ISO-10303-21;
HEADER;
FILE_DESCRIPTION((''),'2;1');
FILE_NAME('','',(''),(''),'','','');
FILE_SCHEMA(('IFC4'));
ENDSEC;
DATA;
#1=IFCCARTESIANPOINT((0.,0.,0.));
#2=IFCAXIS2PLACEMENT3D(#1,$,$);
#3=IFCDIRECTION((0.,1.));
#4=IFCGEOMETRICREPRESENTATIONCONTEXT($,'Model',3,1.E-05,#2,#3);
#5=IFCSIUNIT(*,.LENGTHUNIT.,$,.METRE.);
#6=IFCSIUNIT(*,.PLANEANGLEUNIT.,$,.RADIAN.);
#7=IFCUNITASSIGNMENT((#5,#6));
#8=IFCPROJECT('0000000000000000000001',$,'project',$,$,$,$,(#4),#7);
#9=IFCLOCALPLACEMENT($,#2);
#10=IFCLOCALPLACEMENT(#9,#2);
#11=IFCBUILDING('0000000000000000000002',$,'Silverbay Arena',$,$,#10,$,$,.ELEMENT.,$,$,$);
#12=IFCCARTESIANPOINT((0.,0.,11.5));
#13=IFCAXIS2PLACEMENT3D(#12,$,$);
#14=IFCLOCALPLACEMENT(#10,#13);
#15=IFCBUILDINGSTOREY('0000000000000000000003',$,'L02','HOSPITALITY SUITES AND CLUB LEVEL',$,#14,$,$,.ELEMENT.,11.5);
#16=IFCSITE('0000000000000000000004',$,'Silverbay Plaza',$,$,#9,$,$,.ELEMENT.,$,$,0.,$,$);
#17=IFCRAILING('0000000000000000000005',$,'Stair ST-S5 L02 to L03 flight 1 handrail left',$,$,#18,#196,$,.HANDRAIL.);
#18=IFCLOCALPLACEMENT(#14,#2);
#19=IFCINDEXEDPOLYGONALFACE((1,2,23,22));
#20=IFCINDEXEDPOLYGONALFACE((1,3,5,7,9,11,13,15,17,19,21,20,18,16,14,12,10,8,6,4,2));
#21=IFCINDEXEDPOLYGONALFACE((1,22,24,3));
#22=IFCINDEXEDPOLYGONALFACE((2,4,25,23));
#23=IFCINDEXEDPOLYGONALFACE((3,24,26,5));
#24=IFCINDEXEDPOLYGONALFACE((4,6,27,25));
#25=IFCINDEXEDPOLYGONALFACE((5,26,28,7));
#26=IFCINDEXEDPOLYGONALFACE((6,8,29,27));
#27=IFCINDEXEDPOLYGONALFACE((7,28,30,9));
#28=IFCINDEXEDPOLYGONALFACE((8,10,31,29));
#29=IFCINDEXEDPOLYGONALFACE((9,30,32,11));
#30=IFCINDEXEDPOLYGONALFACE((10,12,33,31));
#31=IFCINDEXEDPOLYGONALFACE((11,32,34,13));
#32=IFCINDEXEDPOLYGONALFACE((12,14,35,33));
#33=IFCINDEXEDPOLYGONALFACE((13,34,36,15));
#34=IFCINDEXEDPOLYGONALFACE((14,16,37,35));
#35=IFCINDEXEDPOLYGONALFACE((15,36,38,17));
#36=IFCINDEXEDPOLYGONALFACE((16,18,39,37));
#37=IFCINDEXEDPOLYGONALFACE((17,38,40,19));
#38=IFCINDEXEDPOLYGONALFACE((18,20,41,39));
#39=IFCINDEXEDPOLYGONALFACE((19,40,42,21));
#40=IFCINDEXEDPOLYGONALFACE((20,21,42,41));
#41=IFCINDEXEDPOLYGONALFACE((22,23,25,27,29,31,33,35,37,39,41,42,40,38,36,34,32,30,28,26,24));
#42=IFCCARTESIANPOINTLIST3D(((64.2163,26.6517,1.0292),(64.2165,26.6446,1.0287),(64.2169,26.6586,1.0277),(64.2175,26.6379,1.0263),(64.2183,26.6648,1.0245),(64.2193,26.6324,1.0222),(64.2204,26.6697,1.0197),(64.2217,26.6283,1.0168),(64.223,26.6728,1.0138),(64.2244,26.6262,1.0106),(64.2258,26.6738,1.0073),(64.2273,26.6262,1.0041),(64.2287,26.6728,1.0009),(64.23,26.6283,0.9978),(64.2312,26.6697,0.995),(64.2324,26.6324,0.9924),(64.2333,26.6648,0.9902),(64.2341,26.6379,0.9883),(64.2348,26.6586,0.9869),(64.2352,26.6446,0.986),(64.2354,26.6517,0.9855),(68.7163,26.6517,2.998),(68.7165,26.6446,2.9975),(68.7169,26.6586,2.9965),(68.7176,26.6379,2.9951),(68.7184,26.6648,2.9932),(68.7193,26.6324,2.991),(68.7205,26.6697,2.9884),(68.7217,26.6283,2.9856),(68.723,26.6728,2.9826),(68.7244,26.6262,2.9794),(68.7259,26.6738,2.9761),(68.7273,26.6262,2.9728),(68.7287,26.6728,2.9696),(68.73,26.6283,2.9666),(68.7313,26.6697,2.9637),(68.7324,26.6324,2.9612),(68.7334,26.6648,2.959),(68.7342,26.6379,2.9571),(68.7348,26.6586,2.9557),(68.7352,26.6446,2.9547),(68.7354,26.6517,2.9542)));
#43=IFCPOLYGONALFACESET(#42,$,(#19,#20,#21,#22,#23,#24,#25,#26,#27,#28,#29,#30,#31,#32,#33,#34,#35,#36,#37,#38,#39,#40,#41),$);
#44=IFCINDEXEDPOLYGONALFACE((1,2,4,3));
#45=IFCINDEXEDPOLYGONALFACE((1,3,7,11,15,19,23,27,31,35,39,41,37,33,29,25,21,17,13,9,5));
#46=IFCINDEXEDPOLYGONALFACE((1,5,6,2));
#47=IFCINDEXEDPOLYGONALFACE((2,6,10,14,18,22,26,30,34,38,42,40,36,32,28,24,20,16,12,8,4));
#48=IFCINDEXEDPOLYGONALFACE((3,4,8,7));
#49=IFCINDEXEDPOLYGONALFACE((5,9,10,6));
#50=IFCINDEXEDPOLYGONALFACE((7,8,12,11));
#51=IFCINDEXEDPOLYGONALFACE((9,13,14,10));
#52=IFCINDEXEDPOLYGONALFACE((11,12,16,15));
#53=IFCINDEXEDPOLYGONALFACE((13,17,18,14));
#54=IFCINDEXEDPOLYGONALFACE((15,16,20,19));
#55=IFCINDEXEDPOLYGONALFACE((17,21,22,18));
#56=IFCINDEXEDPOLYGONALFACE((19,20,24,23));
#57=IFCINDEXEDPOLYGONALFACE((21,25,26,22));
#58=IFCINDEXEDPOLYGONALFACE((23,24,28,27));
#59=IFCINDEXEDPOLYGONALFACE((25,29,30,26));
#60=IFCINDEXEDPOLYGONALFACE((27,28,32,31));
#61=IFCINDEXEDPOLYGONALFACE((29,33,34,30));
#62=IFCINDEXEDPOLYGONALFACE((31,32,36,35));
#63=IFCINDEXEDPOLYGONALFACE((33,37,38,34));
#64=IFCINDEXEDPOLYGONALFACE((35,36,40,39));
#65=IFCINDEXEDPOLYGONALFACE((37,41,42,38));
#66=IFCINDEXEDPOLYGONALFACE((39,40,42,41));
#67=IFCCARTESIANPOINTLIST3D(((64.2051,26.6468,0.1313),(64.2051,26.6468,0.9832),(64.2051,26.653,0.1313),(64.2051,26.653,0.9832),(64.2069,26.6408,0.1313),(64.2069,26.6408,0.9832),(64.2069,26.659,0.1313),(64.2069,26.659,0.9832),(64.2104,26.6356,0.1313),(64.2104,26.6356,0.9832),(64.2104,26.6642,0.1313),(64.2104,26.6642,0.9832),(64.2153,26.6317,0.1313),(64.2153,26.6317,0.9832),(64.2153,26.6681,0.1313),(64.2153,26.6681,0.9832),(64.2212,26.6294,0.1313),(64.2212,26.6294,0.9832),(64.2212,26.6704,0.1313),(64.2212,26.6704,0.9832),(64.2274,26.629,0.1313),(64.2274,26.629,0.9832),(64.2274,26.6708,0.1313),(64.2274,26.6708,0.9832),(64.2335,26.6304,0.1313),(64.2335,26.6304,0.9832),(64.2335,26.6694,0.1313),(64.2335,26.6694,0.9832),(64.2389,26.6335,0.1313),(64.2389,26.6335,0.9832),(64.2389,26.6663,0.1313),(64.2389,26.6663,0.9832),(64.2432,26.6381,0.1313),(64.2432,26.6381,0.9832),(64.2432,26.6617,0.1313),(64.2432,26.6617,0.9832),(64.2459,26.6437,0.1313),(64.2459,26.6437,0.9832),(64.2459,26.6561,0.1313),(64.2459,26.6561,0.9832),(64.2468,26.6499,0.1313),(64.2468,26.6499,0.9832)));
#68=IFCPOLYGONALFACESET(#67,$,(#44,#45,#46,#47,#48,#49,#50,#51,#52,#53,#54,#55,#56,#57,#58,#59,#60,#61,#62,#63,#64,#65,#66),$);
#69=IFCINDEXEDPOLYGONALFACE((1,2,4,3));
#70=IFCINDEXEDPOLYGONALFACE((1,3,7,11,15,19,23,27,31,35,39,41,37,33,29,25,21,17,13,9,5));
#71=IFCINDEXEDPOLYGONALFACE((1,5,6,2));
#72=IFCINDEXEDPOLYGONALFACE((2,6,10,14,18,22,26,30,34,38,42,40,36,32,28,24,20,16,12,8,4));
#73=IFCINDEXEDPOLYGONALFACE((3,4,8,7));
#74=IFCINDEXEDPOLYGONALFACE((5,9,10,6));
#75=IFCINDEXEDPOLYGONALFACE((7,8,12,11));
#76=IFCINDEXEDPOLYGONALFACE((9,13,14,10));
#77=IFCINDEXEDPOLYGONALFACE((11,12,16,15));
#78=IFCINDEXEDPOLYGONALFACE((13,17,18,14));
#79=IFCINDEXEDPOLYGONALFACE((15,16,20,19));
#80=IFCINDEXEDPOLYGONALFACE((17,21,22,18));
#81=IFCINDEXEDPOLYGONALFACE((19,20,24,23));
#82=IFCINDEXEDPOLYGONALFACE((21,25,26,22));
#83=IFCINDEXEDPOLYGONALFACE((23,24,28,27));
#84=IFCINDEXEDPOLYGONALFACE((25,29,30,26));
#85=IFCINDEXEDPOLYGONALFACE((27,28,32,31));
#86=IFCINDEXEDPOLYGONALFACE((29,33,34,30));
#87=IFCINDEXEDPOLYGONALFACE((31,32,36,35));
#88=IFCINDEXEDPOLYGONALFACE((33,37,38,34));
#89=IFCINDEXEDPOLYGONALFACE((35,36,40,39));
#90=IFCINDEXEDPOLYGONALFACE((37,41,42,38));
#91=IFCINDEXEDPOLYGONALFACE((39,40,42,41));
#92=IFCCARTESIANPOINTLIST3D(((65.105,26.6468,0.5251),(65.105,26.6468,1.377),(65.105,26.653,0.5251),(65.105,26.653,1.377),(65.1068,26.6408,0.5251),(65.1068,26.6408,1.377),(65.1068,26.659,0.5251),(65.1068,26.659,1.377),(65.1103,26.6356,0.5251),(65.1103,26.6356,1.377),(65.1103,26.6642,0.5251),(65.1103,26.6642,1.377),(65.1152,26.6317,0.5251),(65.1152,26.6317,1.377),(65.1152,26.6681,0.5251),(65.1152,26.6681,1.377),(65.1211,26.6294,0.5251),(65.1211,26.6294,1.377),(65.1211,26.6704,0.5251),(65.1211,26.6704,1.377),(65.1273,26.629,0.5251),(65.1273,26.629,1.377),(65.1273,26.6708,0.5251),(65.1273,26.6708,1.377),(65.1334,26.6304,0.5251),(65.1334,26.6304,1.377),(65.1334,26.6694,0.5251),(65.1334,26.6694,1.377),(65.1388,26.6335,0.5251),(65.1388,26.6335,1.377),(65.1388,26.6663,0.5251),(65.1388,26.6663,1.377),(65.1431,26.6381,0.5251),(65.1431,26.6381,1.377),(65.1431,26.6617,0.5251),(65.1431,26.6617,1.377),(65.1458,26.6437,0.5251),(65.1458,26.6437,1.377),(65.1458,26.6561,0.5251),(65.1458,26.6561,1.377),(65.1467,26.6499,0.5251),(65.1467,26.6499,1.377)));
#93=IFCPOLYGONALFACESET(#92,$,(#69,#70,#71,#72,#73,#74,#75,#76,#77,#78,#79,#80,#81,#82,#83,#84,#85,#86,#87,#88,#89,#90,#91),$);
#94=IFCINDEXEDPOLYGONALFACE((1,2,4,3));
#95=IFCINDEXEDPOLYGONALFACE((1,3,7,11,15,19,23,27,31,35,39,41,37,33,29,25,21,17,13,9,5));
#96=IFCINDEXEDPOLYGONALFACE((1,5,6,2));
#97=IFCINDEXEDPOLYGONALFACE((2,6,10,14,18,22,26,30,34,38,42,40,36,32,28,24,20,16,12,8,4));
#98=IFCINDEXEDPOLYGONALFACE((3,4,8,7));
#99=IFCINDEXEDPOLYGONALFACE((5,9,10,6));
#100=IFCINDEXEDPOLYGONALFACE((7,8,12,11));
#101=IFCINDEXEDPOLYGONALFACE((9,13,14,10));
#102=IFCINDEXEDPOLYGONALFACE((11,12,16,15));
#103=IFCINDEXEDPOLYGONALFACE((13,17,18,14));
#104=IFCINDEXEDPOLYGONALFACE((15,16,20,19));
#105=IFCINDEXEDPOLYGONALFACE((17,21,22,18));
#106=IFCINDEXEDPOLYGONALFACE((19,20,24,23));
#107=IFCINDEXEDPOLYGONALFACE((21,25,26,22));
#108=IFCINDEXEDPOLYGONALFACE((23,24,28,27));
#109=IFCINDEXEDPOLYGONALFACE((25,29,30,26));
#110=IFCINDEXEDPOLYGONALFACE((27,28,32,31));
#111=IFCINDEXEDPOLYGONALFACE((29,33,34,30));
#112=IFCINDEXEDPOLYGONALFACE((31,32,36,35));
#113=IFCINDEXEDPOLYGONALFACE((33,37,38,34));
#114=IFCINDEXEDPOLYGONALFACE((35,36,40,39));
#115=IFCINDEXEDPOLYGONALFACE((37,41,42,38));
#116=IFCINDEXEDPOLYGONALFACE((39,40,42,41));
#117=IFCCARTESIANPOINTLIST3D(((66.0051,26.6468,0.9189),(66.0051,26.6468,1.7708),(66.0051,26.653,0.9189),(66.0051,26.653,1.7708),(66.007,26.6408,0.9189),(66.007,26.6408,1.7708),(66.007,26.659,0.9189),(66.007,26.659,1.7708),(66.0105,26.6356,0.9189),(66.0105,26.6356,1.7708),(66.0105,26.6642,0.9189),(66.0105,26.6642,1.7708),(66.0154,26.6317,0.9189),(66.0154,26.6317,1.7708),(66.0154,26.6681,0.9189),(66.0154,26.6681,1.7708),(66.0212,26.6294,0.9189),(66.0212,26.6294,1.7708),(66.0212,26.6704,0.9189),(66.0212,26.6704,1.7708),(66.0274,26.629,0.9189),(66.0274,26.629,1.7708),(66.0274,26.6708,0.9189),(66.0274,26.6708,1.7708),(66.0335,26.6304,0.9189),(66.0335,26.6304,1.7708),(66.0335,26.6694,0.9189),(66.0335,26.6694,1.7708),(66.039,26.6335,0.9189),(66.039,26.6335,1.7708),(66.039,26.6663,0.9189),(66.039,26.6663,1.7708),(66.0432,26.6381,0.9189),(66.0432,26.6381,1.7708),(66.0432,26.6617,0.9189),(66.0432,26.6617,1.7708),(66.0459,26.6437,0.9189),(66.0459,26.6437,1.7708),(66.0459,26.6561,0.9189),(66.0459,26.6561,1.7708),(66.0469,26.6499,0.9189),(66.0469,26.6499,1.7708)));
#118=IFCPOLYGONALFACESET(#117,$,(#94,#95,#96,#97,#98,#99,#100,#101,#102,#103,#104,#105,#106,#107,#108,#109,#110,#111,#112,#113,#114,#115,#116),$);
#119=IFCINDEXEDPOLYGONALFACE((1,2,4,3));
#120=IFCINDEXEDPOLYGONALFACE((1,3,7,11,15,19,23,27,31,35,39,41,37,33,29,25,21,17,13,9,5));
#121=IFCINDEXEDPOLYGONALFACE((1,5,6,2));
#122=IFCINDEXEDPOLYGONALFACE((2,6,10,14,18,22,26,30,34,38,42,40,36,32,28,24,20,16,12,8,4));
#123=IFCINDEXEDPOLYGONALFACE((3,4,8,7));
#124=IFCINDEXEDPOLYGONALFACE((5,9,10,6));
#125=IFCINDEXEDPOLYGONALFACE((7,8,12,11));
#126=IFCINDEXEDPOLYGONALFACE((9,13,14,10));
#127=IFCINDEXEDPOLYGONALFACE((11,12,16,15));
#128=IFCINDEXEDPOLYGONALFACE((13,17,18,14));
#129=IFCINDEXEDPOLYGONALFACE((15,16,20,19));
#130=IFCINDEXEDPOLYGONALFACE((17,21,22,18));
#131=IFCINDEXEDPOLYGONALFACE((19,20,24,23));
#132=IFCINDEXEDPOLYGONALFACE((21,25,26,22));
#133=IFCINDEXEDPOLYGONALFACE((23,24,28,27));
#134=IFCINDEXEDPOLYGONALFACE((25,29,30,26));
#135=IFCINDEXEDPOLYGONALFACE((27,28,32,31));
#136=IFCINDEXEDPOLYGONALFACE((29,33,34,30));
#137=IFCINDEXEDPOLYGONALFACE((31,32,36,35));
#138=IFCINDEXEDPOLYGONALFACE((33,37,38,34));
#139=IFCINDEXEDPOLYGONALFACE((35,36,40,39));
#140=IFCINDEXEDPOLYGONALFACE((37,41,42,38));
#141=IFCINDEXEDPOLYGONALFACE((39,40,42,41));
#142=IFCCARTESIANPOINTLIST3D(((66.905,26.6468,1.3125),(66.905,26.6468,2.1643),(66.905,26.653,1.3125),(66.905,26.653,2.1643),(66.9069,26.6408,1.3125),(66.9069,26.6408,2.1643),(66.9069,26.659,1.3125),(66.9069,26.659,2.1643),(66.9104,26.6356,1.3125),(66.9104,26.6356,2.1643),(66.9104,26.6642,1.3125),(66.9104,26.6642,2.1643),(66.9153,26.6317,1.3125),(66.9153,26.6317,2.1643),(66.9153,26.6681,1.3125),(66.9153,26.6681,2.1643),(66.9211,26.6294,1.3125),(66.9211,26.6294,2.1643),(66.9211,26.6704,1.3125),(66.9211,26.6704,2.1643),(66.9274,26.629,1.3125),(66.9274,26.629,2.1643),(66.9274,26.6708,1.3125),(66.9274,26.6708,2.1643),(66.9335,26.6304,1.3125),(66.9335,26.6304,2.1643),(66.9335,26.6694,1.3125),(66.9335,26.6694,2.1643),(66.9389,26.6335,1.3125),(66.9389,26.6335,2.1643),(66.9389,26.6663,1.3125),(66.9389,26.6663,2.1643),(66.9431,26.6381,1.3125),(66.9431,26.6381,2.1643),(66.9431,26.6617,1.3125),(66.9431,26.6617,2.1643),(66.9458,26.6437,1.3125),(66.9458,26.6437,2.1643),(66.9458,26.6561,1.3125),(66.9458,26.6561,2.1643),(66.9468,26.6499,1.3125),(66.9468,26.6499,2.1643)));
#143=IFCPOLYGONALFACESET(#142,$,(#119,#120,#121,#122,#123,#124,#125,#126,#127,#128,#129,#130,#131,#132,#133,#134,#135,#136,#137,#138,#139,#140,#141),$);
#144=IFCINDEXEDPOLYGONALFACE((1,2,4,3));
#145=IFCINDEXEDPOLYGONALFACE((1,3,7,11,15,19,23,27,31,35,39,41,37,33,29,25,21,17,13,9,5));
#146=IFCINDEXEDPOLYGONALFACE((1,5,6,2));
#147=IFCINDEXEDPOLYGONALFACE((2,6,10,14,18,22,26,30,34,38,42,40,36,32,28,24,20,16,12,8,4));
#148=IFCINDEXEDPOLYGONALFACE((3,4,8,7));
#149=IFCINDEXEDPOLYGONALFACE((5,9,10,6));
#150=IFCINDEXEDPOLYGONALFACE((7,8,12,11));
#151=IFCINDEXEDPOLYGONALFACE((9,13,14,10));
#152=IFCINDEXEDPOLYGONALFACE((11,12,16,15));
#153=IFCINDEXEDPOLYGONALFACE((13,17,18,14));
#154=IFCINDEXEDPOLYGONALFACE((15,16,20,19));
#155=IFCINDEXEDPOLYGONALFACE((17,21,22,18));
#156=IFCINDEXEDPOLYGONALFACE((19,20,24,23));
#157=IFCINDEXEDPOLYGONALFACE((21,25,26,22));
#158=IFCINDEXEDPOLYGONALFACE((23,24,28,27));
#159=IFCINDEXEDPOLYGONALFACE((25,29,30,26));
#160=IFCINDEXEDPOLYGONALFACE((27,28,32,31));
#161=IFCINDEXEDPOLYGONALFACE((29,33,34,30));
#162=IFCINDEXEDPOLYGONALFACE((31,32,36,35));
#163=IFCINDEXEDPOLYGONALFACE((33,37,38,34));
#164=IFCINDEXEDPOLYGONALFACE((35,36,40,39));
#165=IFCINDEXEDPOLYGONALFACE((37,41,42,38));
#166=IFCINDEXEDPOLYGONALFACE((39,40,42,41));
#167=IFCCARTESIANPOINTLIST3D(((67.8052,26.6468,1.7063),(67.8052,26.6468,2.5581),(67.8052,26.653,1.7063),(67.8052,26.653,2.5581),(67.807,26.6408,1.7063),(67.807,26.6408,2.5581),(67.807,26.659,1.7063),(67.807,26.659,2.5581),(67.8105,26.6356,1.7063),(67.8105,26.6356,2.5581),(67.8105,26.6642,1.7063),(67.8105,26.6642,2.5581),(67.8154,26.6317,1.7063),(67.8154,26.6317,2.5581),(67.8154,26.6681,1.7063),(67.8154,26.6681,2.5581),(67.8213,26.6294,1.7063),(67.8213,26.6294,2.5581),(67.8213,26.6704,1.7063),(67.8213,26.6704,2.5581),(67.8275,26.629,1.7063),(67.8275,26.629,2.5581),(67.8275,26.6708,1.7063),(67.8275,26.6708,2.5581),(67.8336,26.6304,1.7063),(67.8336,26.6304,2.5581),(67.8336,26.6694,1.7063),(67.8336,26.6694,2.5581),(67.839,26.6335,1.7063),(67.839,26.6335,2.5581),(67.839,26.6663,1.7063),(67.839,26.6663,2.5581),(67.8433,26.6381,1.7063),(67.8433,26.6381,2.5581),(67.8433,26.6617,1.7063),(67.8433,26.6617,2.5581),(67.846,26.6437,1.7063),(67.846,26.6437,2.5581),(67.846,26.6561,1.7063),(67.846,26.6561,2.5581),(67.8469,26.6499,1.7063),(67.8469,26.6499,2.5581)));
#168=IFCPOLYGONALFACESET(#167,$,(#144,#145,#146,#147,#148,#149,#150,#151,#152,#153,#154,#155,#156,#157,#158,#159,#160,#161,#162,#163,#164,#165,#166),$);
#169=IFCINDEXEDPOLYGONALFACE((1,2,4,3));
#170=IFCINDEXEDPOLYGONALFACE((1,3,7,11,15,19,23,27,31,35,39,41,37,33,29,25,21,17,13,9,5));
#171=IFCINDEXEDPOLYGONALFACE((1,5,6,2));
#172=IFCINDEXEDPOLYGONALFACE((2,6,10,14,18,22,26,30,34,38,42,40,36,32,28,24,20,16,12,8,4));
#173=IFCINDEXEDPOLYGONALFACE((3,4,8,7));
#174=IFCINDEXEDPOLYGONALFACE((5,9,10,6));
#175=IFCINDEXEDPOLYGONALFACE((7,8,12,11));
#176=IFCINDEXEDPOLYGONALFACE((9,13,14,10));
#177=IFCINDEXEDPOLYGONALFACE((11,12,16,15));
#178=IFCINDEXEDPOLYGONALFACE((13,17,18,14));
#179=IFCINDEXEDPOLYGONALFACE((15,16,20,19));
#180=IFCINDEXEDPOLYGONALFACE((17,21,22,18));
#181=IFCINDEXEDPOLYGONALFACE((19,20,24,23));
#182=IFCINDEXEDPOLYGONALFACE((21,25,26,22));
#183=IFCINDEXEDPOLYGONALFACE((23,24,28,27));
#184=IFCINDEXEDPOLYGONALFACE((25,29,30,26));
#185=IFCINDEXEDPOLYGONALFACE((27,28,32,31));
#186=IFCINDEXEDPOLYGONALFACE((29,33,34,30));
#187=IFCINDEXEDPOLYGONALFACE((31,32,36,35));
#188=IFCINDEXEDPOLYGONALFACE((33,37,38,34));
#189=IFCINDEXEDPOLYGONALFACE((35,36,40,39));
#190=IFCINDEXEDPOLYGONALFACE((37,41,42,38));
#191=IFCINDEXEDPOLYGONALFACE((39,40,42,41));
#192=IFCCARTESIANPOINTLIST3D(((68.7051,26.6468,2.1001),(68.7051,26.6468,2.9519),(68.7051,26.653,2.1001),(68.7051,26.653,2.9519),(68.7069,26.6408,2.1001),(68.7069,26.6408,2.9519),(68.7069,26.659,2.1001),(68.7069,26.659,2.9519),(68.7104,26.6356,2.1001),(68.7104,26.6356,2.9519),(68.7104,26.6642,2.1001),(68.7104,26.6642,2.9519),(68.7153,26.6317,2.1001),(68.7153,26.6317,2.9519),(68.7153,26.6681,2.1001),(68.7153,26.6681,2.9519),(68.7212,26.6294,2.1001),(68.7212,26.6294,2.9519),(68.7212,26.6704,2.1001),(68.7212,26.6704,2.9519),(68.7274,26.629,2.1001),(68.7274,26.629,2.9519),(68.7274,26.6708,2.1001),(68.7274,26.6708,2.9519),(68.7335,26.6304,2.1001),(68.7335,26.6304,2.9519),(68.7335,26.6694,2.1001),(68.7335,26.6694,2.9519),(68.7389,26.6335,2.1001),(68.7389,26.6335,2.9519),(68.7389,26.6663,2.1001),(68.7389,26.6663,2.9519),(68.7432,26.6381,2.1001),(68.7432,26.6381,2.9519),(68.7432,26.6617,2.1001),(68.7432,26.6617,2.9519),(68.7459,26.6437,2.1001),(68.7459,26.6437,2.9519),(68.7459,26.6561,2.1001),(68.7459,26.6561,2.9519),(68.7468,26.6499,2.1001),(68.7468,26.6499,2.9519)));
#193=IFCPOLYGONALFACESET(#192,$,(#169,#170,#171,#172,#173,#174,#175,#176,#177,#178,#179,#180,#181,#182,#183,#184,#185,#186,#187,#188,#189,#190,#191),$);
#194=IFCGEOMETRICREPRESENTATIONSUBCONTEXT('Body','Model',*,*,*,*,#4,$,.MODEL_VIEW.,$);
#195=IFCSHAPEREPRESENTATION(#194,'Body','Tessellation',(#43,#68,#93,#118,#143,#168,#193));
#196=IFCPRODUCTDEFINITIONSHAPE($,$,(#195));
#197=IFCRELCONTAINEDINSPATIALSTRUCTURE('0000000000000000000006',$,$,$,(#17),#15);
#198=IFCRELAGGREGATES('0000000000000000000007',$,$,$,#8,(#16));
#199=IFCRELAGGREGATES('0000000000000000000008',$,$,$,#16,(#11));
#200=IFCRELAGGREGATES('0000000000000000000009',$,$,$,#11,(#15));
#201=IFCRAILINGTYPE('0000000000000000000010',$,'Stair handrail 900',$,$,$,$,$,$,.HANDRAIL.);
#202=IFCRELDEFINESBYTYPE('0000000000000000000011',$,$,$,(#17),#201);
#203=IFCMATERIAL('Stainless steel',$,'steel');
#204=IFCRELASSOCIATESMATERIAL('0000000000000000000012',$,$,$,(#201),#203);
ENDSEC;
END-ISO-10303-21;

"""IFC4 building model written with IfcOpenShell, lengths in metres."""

from ifc_helpers import new_model, si_unit, direction, frame, origin, origin_2d, place, context, subcontext, project, spatial, circle, extrude, material, type_object, element, save


model = new_model("IFC4")

# Units and contexts
model_context = context("Model", 3, precision=1e-05, world=origin(), true_north=direction((0.0, 1.0)))
body_context = subcontext(model_context, "Body", "Model", "MODEL_VIEW")
ifc_project = project(units=[si_unit("LENGTHUNIT", "METRE"), si_unit("PLANEANGLEUNIT", "RADIAN")], contexts=[model_context])

# Site, building, storey
site_placement = place(None, origin())
site = spatial("IfcSite", under=ifc_project, at=site_placement, Name="Silverbay Plaza", CompositionType="ELEMENT", RefElevation=0.0)
building_placement = place(site_placement, origin())
building = spatial("IfcBuilding", under=site, at=building_placement, Name="Silverbay Arena", CompositionType="ELEMENT")
storey_placement = place(building_placement, frame((0.0, 0.0, 11.5)))
storey = spatial("IfcBuildingStorey", under=building, at=storey_placement, Name="L02", Description="HOSPITALITY SUITES AND CLUB LEVEL", CompositionType="ELEMENT", Elevation=11.5)

# Railing
ifc_material_1 = material(Name="Stainless steel", Category="steel")
railing_type_1 = type_object("IfcRailingType", Name="Stair handrail 900", PredefinedType="HANDRAIL", material=ifc_material_1)
for number, where, name in (
    (1, (64.2258, 26.6499, 0.1313), "Stair ST-S5 L02 to L03 flight 1 handrail left"),
):
    element("IfcRailing", number, at=place(storey_placement, frame(where)), inside=storey, type_object=railing_type_1, Name=name, PredefinedType="HANDRAIL", context=body_context, shape_type="SweptSolid", body=[
        extrude(circle(Radius=0.0239, at=origin_2d()), frame((0.0, 0.0, 0.876), z_axis=(0.916157, 0.0, 0.400819), x_axis=(0.0, 1.0, 0.0)), (0.0, 0.0, 1.0), 4.9119),
        extrude(circle(Radius=0.021, at=origin_2d()), origin(), (0.0, 0.0, 1.0), 0.8518),
        extrude(circle(Radius=0.021, at=origin_2d()), frame((0.8999, 0.0, 0.3938)), (0.0, 0.0, 1.0), 0.8518),
        extrude(circle(Radius=0.021, at=origin_2d()), frame((1.8, 0.0, 0.7876)), (0.0, 0.0, 1.0), 0.8518),
        extrude(circle(Radius=0.021, at=origin_2d()), frame((2.7, 0.0, 1.1812)), (0.0, 0.0, 1.0), 0.8518),
        extrude(circle(Radius=0.021, at=origin_2d()), frame((3.6001, 0.0, 1.575)), (0.0, 0.0, 1.0), 0.8518),
        extrude(circle(Radius=0.021, at=origin_2d()), frame((4.5, 0.0, 1.9688)), (0.0, 0.0, 1.0), 0.8518),
    ])

save(model, "model.ifc")
